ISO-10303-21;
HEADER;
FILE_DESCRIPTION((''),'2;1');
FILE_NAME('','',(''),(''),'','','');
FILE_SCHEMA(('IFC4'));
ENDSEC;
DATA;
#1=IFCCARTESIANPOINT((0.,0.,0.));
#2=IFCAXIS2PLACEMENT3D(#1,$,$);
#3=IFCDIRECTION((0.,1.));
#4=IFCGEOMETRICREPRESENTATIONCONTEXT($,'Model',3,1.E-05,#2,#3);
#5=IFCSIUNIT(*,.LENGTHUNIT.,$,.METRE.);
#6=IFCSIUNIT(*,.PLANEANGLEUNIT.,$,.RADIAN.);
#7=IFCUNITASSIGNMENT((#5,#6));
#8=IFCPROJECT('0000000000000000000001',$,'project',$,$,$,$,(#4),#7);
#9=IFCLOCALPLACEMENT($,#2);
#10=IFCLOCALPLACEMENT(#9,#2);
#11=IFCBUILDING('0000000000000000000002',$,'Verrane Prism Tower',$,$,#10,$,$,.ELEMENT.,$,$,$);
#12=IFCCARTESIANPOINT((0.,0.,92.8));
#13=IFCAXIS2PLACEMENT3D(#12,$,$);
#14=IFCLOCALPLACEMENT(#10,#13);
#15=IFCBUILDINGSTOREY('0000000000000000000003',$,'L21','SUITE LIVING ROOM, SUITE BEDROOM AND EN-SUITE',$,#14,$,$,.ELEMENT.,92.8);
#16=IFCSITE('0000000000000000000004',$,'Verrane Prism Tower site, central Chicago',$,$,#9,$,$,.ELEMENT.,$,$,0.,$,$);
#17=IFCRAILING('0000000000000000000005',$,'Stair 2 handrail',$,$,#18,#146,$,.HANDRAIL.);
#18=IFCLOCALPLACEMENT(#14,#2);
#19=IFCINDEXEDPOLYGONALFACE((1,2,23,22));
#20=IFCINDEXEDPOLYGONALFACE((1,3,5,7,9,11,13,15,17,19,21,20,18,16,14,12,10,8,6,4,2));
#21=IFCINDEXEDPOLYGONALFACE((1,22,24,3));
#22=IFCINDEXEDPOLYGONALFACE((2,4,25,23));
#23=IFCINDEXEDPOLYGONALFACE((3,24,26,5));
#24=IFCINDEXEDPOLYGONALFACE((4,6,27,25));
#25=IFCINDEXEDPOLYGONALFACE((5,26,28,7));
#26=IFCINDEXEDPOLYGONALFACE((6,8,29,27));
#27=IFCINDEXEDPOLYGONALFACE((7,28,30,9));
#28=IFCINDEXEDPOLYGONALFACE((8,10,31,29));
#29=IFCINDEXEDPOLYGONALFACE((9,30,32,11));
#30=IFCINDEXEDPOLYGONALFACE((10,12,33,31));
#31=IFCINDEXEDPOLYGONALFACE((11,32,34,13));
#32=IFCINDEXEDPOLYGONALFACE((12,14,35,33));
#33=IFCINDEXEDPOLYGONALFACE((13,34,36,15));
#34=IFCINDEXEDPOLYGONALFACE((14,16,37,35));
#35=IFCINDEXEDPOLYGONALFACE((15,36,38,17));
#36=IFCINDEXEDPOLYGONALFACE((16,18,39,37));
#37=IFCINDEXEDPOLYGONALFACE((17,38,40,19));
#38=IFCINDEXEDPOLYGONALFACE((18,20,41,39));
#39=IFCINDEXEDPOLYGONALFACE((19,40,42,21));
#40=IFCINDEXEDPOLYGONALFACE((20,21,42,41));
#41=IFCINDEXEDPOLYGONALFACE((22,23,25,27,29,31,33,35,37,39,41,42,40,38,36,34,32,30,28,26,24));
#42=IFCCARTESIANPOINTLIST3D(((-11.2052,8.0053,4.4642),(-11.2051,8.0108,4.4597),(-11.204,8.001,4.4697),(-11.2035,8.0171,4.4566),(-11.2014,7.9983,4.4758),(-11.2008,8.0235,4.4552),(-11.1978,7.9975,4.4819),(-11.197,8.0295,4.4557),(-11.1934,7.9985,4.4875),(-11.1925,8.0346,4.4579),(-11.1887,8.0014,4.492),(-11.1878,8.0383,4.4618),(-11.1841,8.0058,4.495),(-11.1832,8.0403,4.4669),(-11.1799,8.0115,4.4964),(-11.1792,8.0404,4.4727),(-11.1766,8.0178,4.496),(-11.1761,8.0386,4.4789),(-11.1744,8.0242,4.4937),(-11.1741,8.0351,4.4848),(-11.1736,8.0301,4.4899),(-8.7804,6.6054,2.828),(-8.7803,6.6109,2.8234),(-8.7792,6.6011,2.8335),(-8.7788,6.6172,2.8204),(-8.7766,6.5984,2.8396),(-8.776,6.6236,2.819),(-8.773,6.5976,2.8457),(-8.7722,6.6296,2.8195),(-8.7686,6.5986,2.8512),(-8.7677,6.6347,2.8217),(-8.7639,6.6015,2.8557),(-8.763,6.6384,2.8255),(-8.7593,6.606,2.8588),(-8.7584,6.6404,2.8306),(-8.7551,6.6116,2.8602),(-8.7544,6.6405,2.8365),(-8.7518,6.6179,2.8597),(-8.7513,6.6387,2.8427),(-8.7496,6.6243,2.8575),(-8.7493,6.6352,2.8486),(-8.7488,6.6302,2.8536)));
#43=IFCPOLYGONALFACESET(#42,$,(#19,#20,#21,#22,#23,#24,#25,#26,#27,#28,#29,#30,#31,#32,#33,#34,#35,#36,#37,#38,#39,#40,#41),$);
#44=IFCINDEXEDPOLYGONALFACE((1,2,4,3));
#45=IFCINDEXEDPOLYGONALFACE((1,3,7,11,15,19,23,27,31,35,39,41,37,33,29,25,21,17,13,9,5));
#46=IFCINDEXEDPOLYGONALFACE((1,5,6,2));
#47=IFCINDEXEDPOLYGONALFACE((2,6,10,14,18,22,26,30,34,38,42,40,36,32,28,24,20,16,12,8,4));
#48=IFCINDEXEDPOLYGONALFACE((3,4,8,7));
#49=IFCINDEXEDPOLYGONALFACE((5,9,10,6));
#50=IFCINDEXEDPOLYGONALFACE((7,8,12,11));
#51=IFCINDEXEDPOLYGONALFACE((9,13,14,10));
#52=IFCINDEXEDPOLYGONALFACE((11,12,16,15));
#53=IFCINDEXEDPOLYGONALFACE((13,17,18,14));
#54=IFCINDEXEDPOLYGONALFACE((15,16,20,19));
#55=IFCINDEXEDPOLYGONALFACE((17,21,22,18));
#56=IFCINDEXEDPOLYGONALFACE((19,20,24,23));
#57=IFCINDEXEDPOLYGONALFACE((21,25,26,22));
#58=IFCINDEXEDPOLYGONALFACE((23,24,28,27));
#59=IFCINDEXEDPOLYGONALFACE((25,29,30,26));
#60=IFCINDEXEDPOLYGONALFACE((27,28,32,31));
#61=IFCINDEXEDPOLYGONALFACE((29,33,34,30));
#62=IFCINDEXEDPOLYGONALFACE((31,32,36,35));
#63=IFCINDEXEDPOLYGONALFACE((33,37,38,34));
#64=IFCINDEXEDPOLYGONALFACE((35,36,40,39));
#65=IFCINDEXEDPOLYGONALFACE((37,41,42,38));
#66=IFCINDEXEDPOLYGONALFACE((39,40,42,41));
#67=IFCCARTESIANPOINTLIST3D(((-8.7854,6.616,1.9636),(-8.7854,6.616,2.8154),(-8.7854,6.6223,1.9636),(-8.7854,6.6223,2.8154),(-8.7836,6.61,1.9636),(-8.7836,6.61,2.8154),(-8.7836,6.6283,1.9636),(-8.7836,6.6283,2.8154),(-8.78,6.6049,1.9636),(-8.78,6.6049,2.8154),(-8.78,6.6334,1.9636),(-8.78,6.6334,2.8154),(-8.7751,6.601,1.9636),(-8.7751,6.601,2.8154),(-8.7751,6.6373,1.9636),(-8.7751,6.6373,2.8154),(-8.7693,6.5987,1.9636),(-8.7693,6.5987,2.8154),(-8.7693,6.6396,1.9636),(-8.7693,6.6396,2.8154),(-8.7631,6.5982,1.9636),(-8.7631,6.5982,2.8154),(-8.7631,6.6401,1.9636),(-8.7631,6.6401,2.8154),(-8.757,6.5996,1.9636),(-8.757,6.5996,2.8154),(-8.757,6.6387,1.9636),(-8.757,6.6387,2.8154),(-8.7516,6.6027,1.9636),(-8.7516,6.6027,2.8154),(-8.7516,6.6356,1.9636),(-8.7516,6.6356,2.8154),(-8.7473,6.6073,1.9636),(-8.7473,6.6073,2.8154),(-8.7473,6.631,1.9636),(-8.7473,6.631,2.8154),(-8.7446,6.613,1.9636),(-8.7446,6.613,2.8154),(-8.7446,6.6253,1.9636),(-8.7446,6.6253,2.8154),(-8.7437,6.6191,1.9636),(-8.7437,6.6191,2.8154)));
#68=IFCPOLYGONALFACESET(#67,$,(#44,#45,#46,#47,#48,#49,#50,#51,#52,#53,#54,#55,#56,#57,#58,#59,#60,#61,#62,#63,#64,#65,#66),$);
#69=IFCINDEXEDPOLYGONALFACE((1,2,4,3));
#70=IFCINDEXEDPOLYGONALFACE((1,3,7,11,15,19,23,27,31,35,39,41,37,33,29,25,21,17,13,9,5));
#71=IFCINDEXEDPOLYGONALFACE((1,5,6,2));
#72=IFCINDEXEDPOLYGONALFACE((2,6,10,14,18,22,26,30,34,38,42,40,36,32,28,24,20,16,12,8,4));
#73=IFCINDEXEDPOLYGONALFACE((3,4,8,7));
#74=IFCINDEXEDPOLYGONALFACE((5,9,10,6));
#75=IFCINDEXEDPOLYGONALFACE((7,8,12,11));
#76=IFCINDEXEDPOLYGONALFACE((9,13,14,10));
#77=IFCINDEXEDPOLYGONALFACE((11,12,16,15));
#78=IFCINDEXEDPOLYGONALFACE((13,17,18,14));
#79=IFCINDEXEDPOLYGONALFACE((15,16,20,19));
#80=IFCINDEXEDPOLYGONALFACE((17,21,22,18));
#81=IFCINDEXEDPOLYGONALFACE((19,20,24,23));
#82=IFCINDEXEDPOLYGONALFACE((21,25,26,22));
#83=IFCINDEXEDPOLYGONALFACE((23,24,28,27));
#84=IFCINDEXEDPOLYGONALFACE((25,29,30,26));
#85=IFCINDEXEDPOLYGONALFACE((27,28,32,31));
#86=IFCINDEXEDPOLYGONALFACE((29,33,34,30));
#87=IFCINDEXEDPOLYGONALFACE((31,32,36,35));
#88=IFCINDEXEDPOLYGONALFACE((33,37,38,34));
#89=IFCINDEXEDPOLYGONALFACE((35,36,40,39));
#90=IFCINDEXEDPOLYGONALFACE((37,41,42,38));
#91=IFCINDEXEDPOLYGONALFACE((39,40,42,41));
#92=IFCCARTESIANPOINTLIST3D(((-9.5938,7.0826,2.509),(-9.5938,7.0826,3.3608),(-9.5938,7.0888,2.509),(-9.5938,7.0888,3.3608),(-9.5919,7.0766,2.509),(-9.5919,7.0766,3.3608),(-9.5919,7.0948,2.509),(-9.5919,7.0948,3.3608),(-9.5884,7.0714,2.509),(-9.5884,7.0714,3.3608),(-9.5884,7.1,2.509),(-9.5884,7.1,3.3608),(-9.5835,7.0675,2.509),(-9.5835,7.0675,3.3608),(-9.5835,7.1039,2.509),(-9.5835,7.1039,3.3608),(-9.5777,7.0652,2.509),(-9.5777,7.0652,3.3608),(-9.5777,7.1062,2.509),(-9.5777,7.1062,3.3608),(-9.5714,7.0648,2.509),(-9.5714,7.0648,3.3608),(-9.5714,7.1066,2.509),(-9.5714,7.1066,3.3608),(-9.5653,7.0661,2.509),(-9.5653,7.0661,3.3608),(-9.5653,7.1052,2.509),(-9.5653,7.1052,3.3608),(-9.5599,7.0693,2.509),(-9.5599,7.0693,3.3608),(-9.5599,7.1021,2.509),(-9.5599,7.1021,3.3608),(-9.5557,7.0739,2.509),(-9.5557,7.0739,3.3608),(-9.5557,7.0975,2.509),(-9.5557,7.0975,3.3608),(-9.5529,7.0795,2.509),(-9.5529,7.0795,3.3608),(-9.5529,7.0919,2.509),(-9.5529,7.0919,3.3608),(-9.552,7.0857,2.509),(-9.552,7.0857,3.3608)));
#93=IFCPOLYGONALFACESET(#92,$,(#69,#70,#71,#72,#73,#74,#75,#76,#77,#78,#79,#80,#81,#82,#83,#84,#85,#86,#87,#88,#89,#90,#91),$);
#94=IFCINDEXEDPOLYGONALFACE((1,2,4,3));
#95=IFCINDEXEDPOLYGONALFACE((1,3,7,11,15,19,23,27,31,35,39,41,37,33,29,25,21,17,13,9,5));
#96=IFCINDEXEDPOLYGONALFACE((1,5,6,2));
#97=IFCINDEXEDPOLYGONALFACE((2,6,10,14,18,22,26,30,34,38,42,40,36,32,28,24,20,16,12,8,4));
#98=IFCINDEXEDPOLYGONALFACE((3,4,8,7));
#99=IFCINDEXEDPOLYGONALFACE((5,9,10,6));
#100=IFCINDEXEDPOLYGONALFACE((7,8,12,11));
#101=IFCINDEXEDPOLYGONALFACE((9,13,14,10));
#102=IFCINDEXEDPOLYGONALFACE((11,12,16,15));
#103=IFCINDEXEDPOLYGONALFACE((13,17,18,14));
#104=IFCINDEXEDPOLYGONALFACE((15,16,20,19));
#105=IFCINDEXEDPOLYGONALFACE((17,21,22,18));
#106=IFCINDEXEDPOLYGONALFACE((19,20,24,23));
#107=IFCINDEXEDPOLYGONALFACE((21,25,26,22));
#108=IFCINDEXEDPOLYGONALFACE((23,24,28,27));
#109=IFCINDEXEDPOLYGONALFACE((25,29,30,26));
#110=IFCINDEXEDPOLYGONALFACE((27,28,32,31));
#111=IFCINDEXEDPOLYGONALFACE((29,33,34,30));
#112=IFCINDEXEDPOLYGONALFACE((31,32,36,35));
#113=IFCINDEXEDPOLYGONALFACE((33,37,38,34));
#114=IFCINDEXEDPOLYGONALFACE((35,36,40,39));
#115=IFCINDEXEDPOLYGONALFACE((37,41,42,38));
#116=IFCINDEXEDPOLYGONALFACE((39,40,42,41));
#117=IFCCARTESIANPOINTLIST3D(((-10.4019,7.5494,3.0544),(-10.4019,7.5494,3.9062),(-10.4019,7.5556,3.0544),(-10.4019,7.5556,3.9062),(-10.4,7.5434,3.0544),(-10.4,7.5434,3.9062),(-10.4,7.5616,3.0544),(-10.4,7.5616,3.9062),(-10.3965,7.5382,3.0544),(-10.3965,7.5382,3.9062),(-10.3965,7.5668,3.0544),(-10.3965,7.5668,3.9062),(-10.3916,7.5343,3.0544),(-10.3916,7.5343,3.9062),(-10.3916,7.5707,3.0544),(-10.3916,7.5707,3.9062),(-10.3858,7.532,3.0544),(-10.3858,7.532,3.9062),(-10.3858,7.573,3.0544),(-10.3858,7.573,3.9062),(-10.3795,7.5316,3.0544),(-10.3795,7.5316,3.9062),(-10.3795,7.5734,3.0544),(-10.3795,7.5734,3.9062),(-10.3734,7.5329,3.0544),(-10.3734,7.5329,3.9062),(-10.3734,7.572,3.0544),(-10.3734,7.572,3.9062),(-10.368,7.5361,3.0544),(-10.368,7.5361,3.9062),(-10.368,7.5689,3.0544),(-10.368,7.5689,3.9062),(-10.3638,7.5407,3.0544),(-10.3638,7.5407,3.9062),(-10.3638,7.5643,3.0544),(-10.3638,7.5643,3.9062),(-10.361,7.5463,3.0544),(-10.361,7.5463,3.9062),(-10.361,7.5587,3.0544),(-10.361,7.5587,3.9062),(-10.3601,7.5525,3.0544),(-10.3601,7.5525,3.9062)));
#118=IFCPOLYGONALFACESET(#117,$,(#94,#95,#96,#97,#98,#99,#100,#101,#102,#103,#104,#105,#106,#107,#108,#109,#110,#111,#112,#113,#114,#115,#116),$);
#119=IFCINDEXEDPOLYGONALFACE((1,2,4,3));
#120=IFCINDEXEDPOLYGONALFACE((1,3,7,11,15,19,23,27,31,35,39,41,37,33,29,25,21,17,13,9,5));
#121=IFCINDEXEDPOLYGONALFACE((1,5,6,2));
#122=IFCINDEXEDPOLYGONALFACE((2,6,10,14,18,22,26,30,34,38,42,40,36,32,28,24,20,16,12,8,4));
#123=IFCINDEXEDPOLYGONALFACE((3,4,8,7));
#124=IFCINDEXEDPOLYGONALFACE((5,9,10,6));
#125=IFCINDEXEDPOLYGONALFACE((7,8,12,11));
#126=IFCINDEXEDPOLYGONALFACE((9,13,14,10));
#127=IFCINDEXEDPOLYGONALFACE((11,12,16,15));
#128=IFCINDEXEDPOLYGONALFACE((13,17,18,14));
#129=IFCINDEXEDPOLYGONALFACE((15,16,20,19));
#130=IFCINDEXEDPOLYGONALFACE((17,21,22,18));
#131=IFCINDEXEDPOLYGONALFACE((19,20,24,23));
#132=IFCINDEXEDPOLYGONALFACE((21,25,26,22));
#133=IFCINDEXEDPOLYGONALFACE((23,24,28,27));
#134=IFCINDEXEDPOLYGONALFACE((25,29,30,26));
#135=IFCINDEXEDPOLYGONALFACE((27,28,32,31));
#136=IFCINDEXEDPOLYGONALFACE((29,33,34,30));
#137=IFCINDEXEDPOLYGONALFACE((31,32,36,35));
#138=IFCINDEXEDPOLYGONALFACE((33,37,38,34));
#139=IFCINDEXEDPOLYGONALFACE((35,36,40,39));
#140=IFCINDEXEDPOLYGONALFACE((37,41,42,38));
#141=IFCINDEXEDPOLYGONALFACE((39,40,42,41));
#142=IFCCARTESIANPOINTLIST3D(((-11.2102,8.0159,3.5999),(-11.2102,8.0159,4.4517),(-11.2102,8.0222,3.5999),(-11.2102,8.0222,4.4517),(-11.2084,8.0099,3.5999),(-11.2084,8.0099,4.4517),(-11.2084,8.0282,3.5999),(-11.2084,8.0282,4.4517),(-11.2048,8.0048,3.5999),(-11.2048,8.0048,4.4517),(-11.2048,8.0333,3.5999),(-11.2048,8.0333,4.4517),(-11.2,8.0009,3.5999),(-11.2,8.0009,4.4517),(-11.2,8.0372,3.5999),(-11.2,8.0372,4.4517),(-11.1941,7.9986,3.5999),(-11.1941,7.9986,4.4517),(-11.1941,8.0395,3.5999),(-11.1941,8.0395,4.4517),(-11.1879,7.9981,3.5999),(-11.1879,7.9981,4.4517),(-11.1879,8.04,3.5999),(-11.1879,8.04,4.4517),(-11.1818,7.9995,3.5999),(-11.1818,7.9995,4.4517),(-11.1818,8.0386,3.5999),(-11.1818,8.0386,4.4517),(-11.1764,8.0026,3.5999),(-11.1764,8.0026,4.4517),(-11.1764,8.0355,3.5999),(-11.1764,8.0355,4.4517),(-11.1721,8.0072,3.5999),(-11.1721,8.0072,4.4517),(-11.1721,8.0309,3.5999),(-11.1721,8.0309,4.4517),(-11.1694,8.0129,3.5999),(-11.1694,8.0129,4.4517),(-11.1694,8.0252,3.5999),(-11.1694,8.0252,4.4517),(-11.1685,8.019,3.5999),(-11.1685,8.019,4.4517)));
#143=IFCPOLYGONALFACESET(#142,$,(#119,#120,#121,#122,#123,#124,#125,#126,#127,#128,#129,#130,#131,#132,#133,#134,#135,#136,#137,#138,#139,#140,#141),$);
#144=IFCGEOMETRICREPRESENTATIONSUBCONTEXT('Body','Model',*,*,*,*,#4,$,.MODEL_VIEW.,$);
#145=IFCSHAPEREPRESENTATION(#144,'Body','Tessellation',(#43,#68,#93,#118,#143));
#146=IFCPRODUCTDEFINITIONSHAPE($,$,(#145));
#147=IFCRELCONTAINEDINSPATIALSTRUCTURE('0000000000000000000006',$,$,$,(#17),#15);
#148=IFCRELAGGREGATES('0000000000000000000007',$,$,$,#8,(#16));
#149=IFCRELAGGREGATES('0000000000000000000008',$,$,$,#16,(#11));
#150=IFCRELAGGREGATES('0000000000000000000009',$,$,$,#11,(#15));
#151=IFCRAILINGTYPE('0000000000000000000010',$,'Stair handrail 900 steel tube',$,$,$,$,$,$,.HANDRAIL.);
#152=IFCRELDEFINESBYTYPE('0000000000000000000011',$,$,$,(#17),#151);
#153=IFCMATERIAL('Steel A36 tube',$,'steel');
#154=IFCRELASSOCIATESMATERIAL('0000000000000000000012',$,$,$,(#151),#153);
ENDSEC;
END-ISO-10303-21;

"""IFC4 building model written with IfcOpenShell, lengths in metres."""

from ifc_helpers import new_model, si_unit, direction, frame, origin, origin_2d, place, context, subcontext, project, spatial, circle, extrude, material, type_object, element, save


model = new_model("IFC4")

# Units and contexts
model_context = context("Model", 3, precision=1e-05, world=origin(), true_north=direction((0.0, 1.0)))
body_context = subcontext(model_context, "Body", "Model", "MODEL_VIEW")
ifc_project = project(units=[si_unit("LENGTHUNIT", "METRE"), si_unit("PLANEANGLEUNIT", "RADIAN")], contexts=[model_context])

# Site, building, storey
site_placement = place(None, origin())
site = spatial("IfcSite", under=ifc_project, at=site_placement, Name="Verrane Prism Tower site, central Chicago", CompositionType="ELEMENT", RefElevation=0.0)
building_placement = place(site_placement, origin())
building = spatial("IfcBuilding", under=site, at=building_placement, Name="Verrane Prism Tower", CompositionType="ELEMENT")
storey_placement = place(building_placement, frame((0.0, 0.0, 92.8)))
storey = spatial("IfcBuildingStorey", under=building, at=storey_placement, Name="L21", Description="SUITE LIVING ROOM, SUITE BEDROOM AND EN-SUITE", CompositionType="ELEMENT", Elevation=92.8)

# Railing
ifc_material_1 = material(Name="Steel A36 tube", Category="steel")
railing_type_1 = type_object("IfcRailingType", Name="Stair handrail 900 steel tube", PredefinedType="HANDRAIL", material=ifc_material_1)
railing_1_placement = place(storey_placement, frame((-8.7646, 6.6191, 1.9636)))
element("IfcRailing", 1, at=railing_1_placement, inside=storey, type_object=railing_type_1, Name="Stair 2 handrail", PredefinedType="HANDRAIL", context=body_context, shape_type="SweptSolid", body=[
    extrude(circle(Radius=0.0239, at=origin_2d()), frame((0.0, 0.0, 0.876), z_axis=(-0.747718, 0.431677, 0.504552), x_axis=(-0.499984, -0.866035, 0.0)), (0.0, 0.0, 1.0), 3.2429),
    extrude(circle(Radius=0.021, at=origin_2d()), origin(), (0.0, 0.0, 1.0), 0.8518),
    extrude(circle(Radius=0.021, at=origin_2d()), frame((-0.8083, 0.4666, 0.5454)), (0.0, 0.0, 1.0), 0.8518),
    extrude(circle(Radius=0.021, at=origin_2d()), frame((-1.6165, 0.9333, 1.0908)), (0.0, 0.0, 1.0), 0.8518),
    extrude(circle(Radius=0.021, at=origin_2d()), frame((-2.4248, 1.3999, 1.6362)), (0.0, 0.0, 1.0), 0.8518),
])

save(model, "model.ifc")
